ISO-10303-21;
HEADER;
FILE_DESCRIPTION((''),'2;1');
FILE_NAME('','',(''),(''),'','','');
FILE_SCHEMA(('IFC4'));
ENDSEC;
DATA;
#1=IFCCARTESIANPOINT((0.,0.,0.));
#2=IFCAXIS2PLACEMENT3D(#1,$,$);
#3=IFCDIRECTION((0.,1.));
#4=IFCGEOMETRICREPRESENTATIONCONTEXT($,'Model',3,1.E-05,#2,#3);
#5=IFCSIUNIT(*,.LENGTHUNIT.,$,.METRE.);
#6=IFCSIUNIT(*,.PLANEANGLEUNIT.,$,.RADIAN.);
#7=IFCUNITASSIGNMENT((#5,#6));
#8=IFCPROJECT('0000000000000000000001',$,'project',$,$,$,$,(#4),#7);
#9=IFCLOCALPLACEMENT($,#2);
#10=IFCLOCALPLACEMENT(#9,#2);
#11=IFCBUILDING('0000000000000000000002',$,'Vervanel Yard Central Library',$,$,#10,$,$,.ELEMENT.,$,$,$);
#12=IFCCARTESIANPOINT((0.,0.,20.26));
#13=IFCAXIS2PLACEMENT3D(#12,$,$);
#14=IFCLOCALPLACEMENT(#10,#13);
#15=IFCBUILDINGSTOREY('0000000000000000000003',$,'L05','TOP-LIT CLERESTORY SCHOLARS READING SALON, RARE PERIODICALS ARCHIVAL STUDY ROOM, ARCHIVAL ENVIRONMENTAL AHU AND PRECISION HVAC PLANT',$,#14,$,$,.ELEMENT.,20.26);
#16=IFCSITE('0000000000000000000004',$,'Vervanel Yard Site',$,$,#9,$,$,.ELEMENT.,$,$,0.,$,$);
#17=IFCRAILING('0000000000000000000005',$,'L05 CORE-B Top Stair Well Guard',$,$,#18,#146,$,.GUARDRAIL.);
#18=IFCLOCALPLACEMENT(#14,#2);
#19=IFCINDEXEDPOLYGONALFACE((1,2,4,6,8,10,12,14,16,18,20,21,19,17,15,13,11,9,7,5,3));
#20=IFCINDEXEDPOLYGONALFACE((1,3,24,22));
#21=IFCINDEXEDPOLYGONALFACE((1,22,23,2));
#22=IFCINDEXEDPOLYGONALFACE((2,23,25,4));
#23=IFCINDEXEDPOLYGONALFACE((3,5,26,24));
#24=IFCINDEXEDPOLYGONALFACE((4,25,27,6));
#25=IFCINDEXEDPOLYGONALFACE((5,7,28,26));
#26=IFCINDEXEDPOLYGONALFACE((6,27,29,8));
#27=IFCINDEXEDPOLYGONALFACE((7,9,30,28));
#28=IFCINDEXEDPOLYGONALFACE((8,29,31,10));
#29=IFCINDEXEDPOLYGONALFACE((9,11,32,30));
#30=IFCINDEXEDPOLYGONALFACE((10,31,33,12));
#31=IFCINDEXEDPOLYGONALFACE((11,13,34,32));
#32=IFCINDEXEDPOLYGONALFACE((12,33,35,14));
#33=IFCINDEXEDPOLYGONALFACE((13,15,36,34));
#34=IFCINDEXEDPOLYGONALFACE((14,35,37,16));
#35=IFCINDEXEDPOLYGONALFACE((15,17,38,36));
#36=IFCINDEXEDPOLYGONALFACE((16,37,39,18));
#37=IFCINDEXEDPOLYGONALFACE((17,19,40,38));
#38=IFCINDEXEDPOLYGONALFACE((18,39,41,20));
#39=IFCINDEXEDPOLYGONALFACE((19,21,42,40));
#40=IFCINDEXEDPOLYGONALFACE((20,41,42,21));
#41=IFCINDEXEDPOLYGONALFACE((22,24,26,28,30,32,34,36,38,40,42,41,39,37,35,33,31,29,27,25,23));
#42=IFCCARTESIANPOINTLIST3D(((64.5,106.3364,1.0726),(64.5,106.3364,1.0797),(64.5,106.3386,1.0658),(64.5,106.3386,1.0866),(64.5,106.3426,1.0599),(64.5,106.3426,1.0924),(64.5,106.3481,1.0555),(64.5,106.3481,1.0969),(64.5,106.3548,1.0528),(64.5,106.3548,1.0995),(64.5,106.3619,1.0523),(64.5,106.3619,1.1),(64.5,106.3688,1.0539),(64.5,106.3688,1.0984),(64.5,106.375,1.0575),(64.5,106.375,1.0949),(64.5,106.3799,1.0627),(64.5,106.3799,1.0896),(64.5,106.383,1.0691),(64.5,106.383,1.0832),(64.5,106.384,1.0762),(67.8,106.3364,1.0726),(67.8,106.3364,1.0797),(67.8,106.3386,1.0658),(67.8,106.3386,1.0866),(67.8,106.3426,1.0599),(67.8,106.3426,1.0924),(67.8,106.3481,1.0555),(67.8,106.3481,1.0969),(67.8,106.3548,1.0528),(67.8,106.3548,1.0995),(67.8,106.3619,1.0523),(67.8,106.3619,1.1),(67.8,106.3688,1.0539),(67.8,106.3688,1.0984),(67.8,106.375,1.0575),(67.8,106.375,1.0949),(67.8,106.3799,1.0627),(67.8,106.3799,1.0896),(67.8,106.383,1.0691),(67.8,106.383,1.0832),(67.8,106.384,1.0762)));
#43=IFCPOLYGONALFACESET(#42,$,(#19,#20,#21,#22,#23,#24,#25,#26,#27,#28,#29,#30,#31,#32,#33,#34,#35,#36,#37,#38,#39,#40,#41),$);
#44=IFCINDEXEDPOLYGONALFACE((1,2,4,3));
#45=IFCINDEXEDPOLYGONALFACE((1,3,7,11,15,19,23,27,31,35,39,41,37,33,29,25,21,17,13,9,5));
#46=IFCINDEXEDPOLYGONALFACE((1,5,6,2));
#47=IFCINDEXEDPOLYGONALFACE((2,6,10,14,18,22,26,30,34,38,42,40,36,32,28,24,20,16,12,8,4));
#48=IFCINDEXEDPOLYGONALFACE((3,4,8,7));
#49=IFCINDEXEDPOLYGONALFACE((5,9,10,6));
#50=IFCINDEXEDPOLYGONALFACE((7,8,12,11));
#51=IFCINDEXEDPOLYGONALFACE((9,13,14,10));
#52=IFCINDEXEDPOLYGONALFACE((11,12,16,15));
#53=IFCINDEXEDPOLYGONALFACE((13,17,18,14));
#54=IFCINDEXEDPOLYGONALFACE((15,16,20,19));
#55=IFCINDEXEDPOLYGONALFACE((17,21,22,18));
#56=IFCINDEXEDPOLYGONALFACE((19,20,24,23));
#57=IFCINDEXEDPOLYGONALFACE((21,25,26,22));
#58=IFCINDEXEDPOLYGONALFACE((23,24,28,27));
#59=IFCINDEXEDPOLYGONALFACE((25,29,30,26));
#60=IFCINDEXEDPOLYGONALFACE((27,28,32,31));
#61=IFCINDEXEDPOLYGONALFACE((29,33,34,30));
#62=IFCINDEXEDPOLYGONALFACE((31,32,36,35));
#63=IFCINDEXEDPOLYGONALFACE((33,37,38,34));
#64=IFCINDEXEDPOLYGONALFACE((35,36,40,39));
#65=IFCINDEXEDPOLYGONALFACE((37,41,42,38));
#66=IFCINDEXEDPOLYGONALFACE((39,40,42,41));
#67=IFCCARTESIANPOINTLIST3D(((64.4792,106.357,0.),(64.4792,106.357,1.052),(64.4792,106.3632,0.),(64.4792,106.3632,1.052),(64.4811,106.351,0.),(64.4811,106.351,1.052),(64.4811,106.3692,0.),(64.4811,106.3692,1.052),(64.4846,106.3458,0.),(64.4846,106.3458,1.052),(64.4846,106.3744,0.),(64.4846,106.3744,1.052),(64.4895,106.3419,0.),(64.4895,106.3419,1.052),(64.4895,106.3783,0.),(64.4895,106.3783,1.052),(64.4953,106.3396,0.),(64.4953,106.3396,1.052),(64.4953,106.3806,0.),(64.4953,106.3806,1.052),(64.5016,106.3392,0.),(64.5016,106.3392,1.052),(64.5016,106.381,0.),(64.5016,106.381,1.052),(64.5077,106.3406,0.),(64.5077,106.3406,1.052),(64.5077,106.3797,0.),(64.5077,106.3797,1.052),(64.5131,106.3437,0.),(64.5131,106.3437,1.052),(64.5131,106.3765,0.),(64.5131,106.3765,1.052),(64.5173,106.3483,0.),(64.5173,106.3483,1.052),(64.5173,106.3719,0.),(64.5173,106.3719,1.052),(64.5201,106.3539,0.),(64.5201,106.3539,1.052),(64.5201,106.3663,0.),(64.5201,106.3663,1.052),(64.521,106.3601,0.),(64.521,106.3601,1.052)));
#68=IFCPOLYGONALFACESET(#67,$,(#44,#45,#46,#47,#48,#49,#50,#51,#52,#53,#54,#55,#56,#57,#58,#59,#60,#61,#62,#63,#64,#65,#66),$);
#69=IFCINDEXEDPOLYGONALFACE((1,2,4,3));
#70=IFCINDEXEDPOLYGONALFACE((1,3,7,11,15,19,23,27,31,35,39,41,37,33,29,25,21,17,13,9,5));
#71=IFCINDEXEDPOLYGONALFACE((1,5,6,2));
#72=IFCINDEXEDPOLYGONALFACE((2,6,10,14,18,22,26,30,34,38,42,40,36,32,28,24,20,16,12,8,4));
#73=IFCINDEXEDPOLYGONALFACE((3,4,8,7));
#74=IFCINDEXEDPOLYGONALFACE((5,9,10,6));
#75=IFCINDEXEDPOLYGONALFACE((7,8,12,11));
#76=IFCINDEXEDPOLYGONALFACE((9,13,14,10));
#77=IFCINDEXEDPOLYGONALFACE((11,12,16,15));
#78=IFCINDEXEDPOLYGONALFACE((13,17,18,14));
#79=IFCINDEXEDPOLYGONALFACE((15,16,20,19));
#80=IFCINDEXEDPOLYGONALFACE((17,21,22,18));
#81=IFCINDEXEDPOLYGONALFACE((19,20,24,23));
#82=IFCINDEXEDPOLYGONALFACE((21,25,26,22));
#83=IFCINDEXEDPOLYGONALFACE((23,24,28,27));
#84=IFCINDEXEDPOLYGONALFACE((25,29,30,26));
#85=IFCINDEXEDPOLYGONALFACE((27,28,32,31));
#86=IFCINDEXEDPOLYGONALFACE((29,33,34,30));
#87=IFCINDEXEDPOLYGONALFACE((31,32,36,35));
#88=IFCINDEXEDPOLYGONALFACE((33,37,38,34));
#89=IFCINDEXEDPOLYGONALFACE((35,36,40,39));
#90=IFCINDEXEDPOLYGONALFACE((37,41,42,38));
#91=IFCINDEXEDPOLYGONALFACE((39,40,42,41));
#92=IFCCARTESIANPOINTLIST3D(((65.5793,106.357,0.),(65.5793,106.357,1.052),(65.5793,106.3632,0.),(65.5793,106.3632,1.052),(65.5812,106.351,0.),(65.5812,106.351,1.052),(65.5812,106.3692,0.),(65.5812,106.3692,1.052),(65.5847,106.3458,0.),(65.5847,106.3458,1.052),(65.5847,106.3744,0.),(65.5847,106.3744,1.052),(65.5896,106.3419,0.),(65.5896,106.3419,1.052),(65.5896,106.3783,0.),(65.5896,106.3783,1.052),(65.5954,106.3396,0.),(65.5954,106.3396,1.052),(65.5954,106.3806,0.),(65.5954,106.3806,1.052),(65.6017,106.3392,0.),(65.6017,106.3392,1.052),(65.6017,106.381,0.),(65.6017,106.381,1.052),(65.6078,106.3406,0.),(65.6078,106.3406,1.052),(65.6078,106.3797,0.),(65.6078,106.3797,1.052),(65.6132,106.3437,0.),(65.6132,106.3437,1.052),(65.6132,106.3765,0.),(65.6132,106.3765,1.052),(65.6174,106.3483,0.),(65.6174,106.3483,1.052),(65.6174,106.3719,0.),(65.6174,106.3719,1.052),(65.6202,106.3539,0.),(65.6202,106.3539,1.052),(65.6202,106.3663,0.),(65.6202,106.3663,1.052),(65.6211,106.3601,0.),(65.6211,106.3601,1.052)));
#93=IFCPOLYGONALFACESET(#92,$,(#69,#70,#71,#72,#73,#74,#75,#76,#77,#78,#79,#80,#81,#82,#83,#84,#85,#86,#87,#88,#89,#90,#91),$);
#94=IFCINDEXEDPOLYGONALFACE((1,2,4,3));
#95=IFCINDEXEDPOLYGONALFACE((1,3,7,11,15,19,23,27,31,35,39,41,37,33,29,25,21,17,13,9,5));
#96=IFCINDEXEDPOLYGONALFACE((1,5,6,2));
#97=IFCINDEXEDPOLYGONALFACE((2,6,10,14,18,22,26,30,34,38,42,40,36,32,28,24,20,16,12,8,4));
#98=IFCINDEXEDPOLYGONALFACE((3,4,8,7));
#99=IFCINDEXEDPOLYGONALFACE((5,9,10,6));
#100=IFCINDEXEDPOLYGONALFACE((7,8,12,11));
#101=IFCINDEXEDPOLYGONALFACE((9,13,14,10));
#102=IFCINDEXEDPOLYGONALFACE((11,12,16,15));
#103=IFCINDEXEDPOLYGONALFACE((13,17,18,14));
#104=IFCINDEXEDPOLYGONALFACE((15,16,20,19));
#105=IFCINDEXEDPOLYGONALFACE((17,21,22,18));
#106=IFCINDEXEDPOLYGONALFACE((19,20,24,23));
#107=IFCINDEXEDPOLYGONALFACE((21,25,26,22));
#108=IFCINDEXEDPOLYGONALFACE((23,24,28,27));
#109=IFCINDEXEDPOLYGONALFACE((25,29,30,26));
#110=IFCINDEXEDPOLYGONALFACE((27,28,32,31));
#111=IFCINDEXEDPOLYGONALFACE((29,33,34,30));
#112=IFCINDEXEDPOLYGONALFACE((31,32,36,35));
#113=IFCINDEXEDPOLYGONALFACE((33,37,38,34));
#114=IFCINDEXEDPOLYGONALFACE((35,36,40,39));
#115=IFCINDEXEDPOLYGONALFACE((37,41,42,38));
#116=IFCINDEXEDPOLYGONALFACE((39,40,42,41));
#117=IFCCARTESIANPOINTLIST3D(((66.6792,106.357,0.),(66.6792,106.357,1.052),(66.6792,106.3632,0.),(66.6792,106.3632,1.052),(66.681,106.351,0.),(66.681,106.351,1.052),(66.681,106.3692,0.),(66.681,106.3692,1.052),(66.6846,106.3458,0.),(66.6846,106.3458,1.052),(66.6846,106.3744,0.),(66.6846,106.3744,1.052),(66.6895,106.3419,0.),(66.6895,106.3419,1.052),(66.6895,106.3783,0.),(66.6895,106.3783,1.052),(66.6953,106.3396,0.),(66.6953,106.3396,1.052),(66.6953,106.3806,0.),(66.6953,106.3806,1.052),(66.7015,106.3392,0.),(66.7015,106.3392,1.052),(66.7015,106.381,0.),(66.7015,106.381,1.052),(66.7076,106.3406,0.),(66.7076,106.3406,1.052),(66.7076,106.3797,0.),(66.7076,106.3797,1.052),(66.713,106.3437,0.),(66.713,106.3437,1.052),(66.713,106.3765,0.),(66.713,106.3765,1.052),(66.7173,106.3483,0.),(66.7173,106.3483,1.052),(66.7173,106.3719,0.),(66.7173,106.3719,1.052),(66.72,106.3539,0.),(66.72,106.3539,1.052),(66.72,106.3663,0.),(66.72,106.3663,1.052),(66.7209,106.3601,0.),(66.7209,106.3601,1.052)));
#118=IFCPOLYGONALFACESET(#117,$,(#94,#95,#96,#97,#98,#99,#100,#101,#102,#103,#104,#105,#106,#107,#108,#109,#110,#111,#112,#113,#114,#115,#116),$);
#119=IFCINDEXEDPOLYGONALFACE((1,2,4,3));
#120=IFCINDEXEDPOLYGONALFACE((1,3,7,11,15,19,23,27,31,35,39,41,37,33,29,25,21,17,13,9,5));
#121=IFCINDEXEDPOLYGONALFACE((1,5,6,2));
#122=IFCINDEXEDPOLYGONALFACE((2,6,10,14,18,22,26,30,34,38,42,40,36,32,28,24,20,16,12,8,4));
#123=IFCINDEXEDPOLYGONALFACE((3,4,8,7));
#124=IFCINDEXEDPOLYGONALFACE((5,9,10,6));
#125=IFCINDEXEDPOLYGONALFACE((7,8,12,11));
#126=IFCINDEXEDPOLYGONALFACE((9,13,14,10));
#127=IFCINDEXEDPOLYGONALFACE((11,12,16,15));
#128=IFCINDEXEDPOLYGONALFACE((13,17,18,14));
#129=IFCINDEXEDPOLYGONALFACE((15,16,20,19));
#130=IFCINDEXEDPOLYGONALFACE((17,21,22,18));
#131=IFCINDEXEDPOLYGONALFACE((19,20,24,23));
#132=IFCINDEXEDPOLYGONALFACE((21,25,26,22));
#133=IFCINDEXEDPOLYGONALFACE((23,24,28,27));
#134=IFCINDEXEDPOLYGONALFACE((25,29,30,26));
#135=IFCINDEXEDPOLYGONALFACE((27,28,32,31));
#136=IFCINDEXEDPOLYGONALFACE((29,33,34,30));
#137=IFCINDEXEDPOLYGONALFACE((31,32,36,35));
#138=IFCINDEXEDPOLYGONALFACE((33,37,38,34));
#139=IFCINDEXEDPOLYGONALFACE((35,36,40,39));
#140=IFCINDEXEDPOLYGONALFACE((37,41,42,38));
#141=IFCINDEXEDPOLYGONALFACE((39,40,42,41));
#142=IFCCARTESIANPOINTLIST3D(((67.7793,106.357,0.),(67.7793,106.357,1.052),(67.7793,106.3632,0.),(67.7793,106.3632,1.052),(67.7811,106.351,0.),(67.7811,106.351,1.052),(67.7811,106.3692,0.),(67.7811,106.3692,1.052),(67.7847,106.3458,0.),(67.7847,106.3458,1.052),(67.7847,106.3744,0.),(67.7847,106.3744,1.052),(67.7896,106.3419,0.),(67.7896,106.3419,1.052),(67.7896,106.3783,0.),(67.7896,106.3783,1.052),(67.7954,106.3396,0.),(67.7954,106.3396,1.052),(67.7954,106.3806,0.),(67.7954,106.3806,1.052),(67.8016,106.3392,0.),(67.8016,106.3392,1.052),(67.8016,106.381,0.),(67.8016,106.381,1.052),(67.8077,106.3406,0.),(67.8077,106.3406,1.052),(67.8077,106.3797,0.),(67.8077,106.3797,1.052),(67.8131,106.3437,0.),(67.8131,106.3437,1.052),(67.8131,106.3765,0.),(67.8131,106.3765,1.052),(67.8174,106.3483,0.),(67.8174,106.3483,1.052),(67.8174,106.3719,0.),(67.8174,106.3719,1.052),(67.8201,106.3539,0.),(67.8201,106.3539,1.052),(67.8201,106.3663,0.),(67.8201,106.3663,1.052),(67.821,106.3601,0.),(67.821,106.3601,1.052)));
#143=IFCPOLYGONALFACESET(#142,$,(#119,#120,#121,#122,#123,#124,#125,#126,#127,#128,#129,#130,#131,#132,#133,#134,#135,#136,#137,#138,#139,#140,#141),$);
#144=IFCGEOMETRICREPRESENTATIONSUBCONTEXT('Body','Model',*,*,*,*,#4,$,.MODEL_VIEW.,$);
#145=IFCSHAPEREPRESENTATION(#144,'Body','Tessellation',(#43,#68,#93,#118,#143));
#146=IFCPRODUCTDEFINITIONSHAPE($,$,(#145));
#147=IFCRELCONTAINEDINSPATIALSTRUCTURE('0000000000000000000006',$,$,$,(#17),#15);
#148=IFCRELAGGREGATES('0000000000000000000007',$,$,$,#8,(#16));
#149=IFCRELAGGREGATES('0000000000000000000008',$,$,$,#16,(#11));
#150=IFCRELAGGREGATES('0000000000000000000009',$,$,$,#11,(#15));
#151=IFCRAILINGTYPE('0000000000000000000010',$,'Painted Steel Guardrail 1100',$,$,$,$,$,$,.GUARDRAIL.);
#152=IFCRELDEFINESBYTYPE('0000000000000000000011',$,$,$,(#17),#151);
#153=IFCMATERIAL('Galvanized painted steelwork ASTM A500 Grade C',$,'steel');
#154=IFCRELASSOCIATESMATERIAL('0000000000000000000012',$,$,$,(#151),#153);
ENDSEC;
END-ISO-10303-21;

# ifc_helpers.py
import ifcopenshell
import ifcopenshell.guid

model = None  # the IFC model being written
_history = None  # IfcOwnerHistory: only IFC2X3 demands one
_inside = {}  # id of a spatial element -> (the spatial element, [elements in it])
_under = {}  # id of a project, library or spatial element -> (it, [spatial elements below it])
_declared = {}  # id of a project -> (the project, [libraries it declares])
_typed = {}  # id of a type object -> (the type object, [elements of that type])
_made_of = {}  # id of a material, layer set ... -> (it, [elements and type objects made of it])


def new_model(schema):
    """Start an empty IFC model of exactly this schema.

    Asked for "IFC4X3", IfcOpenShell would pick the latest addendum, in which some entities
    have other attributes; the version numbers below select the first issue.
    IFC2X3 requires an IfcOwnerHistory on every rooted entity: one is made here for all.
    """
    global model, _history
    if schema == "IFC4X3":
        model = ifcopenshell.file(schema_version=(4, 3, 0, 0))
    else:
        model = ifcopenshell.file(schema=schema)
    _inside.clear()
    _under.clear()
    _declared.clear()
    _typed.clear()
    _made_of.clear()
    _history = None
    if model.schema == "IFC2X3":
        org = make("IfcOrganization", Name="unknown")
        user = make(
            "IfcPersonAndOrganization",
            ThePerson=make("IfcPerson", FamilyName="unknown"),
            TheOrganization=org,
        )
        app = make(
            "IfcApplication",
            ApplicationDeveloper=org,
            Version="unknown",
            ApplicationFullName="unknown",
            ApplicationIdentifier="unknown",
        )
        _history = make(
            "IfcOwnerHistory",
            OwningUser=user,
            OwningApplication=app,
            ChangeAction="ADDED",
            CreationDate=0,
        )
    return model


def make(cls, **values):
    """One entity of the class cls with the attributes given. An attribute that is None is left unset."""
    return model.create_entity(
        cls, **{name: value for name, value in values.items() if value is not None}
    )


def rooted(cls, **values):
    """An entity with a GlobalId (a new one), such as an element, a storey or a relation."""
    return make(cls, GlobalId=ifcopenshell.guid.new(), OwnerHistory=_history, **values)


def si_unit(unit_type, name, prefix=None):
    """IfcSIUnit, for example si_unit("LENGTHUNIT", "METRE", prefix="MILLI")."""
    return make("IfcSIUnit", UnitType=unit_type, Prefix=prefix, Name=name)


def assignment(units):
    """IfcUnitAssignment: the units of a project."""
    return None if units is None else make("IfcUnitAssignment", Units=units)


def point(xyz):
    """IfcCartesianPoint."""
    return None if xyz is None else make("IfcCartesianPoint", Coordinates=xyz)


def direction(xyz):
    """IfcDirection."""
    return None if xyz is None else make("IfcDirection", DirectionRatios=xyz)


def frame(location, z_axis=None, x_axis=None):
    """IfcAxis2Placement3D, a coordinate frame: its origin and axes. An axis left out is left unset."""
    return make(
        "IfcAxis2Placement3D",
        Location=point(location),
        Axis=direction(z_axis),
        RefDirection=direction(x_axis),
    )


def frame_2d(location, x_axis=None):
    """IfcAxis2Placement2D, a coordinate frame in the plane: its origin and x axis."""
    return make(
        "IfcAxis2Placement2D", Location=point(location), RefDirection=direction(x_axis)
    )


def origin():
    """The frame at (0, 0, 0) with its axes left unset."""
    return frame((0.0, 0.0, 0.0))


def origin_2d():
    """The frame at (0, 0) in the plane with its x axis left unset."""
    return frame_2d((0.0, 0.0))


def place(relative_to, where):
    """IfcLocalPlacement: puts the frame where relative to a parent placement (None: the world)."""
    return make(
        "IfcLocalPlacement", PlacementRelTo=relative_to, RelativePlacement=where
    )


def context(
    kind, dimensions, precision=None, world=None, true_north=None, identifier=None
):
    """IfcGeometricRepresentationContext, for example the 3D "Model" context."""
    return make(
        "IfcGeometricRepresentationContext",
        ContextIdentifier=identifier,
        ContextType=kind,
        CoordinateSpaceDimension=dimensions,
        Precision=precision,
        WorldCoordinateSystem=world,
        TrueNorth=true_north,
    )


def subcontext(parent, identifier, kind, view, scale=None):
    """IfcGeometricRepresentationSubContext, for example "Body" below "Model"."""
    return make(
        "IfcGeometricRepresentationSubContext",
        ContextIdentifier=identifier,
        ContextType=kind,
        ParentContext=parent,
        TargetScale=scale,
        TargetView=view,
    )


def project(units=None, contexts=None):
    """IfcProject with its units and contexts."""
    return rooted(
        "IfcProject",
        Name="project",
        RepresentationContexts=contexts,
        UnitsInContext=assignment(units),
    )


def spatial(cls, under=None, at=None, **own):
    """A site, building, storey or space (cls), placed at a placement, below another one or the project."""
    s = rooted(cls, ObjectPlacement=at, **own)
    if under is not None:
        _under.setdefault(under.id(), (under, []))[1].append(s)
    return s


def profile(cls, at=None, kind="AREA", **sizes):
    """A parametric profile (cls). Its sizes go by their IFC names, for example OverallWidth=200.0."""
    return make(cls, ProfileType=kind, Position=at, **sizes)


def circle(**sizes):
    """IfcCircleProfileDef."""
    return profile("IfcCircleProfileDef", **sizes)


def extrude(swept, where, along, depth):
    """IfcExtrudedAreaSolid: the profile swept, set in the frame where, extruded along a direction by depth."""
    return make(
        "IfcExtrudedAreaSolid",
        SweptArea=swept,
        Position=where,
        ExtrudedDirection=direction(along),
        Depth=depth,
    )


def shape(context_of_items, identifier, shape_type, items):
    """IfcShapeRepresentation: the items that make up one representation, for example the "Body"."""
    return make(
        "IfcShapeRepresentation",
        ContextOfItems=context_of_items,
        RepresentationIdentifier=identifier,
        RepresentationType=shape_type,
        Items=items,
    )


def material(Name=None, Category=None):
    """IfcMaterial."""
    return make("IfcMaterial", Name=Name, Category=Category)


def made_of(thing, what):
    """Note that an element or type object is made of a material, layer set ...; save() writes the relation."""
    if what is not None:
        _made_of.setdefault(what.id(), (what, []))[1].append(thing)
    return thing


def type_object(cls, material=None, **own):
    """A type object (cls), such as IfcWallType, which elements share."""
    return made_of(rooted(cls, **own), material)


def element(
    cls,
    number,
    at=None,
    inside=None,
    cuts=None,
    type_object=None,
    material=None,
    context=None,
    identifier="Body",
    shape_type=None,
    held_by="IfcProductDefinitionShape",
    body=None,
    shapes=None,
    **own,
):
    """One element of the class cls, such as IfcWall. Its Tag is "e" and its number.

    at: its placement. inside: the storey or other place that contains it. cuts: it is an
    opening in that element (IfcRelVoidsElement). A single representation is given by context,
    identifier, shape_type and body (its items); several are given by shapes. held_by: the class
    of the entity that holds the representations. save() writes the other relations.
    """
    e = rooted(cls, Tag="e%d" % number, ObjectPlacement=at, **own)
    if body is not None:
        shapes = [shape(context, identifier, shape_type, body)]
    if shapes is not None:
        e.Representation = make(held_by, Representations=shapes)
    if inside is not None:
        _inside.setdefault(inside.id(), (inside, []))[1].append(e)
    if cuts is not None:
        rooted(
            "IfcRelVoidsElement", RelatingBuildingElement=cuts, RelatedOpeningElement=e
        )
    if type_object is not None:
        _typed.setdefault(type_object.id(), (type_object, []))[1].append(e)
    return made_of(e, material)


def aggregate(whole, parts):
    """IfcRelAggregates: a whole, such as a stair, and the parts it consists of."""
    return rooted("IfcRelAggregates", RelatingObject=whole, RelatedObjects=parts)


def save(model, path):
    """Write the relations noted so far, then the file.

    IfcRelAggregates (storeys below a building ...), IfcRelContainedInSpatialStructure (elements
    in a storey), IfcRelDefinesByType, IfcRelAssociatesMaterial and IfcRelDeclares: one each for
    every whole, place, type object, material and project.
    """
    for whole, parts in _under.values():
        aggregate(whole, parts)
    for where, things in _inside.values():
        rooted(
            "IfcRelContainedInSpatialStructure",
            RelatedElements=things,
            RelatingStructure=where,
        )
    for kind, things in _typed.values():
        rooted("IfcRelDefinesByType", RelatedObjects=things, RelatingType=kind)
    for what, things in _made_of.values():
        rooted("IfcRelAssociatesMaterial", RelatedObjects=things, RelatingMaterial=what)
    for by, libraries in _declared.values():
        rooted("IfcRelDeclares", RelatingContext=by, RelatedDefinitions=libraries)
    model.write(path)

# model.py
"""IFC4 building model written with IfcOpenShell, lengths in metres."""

from ifc_helpers import new_model, si_unit, direction, frame, origin, origin_2d, place, context, subcontext, project, spatial, circle, extrude, material, type_object, element, save


model = new_model("IFC4")

# Units and contexts
model_context = context("Model", 3, precision=1e-05, world=origin(), true_north=direction((0.0, 1.0)))
body_context = subcontext(model_context, "Body", "Model", "MODEL_VIEW")
ifc_project = project(units=[si_unit("LENGTHUNIT", "METRE"), si_unit("PLANEANGLEUNIT", "RADIAN")], contexts=[model_context])

# Site, building, storey
site_placement = place(None, origin())
site = spatial("IfcSite", under=ifc_project, at=site_placement, Name="Vervanel Yard Site", CompositionType="ELEMENT", RefElevation=0.0)
building_placement = place(site_placement, origin())
building = spatial("IfcBuilding", under=site, at=building_placement, Name="Vervanel Yard Central Library", CompositionType="ELEMENT")
storey_placement = place(building_placement, frame((0.0, 0.0, 20.26)))
storey = spatial("IfcBuildingStorey", under=building, at=storey_placement, Name="L05", Description="TOP-LIT CLERESTORY SCHOLARS READING SALON, RARE PERIODICALS ARCHIVAL STUDY ROOM, ARCHIVAL ENVIRONMENTAL AHU AND PRECISION HVAC PLANT", CompositionType="ELEMENT", Elevation=20.26)

# Shared definitions
ifc_material_1 = material(Name="Galvanized painted steelwork ASTM A500 Grade C", Category="steel")

# Railing
railing_type = type_object("IfcRailingType", Name="Painted Steel Guardrail 1100", PredefinedType="GUARDRAIL", material=ifc_material_1)
railing_1_placement = place(storey_placement, frame((64.5, 106.3601, 0.0)))
element("IfcRailing", 1, at=railing_1_placement, inside=storey, type_object=railing_type, Name="L05 CORE-B Top Stair Well Guard", PredefinedType="GUARDRAIL", context=body_context, shape_type="SweptSolid", body=[
    extrude(circle(Radius=0.0239, at=origin_2d()), frame((0.0, 0.0, 1.0762), z_axis=(1.0, 0.0, 0.0), x_axis=(0.0, 1.0, 0.0)), (0.0, 0.0, 1.0), 3.3),
    extrude(circle(Radius=0.021, at=origin_2d()), origin(), (0.0, 0.0, 1.0), 1.052),
    extrude(circle(Radius=0.021, at=origin_2d()), frame((1.1001, 0.0, 0.0)), (0.0, 0.0, 1.0), 1.052),
    extrude(circle(Radius=0.021, at=origin_2d()), frame((2.2, 0.0, 0.0)), (0.0, 0.0, 1.0), 1.052),
    extrude(circle(Radius=0.021, at=origin_2d()), frame((3.3, 0.0, 0.0)), (0.0, 0.0, 1.0), 1.052),
])

save(model, "model.ifc")
